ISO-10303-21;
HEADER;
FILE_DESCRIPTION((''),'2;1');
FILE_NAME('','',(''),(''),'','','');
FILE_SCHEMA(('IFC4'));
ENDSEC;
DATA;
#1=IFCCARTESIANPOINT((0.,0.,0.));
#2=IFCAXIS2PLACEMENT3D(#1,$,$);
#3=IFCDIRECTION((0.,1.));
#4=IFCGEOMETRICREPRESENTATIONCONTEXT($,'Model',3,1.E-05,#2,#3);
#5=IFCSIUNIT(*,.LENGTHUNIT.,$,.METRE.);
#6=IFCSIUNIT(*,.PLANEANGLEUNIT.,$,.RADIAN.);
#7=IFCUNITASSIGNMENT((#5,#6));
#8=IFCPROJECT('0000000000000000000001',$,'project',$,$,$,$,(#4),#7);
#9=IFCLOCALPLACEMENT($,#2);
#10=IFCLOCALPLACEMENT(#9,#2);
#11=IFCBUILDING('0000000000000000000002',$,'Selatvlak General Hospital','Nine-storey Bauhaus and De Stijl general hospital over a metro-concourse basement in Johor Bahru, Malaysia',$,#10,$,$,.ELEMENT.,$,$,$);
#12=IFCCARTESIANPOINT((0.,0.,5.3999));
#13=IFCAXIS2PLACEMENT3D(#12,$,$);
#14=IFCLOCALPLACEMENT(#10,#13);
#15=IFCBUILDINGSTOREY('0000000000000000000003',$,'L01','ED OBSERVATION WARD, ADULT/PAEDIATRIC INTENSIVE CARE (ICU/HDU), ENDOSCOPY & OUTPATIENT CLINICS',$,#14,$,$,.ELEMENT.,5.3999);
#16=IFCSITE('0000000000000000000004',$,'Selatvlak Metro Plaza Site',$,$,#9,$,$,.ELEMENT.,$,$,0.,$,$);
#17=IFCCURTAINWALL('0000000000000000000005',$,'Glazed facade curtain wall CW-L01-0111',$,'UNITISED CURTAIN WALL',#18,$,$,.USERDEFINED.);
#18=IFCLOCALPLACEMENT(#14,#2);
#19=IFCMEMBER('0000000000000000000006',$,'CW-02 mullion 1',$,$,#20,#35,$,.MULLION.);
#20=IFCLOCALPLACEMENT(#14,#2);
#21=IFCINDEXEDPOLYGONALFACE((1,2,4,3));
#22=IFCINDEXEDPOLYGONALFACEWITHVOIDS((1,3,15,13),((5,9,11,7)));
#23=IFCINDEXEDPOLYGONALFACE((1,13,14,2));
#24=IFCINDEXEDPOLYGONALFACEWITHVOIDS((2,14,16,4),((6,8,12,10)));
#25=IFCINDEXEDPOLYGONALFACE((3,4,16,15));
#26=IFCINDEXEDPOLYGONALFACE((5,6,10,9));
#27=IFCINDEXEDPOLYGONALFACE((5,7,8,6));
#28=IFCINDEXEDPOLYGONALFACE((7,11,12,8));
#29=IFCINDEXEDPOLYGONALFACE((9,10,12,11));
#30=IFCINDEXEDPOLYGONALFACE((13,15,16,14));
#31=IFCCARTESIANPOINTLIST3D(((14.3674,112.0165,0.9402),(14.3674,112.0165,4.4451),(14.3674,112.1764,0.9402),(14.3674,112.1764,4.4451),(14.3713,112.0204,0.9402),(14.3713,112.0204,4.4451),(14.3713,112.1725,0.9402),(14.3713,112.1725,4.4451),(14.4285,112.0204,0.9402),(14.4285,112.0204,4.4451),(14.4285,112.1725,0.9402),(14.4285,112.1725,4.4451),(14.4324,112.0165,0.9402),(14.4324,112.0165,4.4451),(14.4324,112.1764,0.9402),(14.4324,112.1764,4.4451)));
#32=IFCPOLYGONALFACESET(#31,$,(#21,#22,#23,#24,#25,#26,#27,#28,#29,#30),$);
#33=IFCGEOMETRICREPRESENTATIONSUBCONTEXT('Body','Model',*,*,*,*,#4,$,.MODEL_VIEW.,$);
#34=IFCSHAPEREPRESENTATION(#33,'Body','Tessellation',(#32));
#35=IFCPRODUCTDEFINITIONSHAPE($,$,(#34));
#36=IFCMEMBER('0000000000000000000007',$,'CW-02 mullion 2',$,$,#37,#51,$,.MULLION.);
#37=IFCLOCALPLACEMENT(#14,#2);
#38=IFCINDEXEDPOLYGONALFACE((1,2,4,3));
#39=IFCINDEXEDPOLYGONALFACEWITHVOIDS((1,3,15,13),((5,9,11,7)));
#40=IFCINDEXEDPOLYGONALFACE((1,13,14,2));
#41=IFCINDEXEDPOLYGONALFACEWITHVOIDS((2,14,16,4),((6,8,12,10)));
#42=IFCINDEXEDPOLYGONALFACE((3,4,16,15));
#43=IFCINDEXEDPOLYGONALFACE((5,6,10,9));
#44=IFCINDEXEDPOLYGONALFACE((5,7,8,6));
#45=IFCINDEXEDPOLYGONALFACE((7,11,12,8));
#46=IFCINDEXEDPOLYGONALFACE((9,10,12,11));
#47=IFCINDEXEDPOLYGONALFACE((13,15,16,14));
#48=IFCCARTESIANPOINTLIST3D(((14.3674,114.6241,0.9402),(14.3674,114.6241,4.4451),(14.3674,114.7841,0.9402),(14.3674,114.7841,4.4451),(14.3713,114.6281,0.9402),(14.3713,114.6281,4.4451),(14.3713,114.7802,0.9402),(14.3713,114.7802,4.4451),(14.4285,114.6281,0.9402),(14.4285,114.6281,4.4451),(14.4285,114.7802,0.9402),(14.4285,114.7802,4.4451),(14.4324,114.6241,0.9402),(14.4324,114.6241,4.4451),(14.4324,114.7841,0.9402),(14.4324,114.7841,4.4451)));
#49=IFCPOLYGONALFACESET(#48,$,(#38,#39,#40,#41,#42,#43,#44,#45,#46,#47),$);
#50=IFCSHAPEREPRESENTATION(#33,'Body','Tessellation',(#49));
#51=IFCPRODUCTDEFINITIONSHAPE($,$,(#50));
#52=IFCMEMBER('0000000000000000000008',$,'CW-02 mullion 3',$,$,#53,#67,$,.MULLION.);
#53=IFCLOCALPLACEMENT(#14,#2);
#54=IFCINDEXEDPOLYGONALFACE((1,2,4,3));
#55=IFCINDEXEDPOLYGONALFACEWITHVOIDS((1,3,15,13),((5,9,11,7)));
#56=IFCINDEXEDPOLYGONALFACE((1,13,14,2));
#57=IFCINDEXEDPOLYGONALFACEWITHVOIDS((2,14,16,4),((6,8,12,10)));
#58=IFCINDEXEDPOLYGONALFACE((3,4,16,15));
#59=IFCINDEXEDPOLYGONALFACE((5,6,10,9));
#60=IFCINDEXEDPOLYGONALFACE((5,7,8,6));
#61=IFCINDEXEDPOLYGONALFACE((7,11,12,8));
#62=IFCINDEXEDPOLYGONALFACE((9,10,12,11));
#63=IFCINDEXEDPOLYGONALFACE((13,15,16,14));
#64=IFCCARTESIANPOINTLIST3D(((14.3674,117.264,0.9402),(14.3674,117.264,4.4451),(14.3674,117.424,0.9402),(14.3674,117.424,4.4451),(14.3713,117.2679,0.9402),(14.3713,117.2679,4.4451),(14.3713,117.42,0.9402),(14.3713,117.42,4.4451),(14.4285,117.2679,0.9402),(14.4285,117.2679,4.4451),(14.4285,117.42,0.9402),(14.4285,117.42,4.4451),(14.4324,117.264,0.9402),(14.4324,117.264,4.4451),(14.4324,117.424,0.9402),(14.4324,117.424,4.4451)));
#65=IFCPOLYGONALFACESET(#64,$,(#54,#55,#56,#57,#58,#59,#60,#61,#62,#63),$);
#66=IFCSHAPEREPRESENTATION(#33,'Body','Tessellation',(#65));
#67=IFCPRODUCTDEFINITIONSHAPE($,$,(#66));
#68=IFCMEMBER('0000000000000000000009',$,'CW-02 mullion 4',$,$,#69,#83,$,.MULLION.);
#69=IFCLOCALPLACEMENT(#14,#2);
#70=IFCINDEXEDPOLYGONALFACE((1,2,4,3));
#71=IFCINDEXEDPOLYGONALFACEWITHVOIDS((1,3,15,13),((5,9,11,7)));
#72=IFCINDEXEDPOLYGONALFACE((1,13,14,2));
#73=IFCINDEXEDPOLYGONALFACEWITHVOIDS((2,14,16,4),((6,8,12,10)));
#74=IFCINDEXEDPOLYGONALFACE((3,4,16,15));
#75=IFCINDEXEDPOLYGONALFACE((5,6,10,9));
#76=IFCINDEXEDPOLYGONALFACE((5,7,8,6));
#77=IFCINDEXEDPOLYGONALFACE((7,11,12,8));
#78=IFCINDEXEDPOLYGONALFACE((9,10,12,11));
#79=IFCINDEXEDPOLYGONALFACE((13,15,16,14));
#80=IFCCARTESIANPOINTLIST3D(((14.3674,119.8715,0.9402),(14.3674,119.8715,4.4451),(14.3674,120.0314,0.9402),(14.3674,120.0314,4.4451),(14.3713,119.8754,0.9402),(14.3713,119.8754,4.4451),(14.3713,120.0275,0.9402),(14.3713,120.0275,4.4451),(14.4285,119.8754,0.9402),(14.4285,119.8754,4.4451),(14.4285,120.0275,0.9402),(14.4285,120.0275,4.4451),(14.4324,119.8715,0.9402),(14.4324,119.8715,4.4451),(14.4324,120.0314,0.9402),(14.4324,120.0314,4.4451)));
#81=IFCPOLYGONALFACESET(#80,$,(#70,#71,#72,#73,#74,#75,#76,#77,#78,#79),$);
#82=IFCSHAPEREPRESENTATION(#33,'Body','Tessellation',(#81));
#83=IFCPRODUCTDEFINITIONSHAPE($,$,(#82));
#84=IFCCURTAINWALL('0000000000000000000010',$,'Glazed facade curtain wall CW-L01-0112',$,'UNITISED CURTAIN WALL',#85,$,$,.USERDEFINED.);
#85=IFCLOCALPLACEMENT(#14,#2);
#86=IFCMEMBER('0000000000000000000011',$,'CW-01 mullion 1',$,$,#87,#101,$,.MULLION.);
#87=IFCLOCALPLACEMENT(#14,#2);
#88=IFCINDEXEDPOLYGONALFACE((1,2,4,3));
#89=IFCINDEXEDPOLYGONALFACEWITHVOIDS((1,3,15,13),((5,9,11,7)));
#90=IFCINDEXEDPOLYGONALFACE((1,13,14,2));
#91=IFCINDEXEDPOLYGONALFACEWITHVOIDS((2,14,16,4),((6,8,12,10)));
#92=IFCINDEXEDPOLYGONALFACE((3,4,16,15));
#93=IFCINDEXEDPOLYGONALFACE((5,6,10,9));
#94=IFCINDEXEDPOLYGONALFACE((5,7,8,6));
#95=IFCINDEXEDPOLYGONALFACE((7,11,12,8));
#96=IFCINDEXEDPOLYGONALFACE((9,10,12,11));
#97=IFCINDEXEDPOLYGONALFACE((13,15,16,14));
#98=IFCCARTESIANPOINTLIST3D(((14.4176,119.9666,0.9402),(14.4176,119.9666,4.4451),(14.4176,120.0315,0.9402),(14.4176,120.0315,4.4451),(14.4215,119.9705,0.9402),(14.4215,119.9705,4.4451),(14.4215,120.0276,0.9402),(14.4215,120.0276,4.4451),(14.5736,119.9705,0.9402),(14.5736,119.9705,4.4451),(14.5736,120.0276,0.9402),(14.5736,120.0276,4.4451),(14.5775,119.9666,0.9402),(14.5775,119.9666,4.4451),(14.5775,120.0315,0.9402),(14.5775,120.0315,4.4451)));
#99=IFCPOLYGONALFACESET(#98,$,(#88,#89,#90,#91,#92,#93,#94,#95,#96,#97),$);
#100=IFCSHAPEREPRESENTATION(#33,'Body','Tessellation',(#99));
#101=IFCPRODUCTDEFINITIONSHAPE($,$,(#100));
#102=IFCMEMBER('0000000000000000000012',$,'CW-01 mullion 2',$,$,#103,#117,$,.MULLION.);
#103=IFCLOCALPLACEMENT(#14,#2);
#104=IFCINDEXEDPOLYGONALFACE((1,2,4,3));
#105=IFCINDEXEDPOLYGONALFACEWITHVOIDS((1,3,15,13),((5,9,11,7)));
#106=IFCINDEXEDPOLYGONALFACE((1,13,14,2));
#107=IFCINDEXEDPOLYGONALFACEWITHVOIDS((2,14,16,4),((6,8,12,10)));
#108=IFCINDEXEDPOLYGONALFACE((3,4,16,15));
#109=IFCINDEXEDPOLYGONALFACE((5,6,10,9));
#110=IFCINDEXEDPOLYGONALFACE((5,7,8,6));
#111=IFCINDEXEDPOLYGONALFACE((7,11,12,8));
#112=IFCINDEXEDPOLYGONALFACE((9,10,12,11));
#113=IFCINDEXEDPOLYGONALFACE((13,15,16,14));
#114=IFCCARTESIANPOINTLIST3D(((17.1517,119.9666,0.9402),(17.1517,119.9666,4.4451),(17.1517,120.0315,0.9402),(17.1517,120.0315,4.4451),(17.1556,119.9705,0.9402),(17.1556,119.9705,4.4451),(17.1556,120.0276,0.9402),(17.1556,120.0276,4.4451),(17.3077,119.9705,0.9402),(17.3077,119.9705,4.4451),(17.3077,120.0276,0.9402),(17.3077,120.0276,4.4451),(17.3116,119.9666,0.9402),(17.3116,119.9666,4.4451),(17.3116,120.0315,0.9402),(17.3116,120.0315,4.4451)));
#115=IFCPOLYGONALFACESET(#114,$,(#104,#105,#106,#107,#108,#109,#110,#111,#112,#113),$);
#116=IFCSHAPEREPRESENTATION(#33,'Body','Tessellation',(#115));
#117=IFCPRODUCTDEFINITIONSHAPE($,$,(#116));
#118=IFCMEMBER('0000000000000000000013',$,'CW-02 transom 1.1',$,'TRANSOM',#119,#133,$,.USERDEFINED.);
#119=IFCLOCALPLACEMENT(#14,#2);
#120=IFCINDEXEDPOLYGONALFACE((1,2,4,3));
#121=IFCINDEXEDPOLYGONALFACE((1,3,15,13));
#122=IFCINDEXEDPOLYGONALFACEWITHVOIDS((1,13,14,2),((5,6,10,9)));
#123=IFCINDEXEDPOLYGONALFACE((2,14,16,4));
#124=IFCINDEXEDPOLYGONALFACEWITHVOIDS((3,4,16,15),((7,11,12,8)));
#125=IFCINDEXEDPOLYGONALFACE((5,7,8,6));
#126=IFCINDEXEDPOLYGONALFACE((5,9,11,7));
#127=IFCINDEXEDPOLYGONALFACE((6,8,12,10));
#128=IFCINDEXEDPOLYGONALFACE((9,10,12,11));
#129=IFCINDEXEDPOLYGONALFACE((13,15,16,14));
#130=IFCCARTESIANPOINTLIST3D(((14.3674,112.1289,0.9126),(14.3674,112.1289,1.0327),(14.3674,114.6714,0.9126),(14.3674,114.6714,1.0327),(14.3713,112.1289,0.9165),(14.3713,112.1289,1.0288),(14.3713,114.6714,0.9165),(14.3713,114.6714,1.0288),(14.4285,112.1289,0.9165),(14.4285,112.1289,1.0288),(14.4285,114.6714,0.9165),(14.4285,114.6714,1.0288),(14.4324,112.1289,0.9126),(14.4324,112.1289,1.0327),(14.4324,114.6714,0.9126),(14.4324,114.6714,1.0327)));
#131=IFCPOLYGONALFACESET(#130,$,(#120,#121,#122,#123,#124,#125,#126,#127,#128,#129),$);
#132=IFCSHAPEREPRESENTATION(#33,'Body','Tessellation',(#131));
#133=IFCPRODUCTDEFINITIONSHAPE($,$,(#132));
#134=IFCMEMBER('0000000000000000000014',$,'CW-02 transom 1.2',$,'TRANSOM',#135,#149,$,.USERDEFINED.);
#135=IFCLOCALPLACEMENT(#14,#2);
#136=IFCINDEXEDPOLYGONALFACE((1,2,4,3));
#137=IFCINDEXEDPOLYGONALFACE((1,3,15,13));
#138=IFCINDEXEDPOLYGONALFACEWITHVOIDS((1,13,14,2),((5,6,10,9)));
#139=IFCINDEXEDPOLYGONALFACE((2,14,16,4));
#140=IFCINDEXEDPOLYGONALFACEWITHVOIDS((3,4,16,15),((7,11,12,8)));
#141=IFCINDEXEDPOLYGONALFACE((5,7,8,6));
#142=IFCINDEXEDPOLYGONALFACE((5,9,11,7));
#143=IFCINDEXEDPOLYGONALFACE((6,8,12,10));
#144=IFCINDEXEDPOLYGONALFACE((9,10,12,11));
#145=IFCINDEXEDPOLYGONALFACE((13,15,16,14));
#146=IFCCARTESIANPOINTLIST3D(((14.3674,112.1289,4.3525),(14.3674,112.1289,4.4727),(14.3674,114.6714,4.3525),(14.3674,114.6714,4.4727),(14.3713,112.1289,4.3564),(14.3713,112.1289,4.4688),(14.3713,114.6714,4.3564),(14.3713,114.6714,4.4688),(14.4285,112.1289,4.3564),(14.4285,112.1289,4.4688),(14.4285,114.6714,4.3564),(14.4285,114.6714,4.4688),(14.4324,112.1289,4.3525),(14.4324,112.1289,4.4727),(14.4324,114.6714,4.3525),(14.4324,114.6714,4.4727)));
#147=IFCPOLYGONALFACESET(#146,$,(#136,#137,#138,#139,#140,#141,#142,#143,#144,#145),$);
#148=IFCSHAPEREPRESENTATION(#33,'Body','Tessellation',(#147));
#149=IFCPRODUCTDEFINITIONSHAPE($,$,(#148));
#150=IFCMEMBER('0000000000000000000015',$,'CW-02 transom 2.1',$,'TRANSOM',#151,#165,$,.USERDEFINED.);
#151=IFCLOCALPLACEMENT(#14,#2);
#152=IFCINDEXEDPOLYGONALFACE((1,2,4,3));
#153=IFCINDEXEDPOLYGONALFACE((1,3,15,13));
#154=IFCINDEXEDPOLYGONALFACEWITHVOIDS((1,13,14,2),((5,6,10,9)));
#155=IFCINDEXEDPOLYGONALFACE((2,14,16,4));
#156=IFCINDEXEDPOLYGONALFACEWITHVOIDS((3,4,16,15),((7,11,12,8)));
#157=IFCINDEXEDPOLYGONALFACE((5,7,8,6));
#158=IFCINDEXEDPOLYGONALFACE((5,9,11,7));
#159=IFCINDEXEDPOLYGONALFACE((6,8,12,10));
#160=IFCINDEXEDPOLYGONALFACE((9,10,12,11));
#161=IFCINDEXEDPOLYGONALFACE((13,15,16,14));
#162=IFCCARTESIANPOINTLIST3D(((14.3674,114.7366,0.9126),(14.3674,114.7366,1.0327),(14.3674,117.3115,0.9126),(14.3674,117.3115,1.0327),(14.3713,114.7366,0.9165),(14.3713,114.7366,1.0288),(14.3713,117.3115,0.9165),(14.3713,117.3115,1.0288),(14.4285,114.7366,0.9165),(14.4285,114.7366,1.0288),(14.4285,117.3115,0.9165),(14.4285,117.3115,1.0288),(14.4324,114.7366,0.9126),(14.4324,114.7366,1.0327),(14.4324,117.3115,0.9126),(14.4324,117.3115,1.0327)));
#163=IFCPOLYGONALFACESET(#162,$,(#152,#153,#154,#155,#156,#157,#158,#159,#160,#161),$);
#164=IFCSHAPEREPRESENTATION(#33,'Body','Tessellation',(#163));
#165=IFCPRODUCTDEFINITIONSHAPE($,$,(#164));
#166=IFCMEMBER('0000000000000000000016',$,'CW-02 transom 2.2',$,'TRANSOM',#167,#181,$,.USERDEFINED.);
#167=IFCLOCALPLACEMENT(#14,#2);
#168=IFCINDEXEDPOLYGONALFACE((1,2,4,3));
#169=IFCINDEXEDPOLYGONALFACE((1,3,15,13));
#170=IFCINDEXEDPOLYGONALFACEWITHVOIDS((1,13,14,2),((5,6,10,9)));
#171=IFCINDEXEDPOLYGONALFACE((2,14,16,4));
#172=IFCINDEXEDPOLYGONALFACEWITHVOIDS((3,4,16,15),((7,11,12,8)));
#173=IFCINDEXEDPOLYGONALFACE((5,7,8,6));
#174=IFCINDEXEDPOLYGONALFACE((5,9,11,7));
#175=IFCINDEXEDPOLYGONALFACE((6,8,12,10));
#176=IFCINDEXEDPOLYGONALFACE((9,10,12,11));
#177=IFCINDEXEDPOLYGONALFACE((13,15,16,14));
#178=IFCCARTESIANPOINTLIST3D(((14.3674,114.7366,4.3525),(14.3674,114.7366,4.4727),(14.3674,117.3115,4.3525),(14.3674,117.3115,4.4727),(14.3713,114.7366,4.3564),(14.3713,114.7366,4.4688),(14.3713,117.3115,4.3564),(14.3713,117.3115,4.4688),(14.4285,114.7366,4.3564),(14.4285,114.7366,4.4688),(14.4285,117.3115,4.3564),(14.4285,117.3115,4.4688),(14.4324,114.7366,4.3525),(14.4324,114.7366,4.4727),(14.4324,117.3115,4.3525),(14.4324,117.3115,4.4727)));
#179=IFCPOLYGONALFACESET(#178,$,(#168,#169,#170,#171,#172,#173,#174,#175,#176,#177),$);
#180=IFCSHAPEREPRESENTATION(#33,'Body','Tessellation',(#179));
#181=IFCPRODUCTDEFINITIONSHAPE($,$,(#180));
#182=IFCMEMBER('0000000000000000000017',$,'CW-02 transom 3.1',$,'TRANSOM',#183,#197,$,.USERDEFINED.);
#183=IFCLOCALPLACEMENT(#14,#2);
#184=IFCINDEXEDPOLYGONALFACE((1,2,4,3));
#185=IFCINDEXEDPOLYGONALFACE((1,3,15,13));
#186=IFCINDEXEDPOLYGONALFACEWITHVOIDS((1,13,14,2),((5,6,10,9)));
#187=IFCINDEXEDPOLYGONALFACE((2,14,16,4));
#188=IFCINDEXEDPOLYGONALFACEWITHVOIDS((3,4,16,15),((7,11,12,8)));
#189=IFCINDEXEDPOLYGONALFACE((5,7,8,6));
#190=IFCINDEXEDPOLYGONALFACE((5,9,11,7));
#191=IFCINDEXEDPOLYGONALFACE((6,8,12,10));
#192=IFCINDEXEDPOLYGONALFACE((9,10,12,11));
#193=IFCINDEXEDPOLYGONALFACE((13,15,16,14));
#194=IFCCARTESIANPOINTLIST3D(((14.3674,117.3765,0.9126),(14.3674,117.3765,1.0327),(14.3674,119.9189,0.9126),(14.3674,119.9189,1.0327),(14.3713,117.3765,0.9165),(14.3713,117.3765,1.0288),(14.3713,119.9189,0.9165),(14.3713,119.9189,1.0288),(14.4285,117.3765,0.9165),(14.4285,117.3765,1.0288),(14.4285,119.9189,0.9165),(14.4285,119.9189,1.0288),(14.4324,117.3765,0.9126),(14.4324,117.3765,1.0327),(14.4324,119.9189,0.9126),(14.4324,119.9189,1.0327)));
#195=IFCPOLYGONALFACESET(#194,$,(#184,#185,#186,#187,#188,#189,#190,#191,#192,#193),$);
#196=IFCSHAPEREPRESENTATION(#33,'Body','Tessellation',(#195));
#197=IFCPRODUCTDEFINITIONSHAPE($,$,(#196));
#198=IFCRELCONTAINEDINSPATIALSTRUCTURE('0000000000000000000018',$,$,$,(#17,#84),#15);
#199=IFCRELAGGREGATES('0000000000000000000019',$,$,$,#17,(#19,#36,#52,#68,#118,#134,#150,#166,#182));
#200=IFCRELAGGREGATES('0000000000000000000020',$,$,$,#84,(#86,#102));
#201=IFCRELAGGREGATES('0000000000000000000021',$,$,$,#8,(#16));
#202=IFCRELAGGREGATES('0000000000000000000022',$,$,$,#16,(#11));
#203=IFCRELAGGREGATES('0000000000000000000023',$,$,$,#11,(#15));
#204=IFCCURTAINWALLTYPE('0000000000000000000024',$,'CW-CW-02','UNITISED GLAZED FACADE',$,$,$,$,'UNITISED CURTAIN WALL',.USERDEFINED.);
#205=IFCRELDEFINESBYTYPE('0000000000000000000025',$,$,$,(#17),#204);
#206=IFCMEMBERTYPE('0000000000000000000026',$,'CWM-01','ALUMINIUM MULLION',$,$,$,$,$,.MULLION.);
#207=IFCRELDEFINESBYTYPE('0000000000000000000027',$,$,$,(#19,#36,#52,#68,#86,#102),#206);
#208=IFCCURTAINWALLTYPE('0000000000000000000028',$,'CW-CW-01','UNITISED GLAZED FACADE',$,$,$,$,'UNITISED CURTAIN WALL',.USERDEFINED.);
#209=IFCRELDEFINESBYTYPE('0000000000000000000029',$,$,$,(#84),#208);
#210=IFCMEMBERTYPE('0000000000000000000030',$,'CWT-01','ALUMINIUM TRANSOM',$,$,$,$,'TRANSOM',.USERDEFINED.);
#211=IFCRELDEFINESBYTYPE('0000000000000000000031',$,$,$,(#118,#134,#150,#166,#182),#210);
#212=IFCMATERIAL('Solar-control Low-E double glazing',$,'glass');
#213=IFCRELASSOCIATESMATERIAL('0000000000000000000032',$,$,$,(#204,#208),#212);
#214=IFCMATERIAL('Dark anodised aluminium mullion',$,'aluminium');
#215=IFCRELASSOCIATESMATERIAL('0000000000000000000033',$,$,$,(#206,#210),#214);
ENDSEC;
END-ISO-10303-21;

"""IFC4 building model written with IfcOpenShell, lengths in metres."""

from ifc_helpers import new_model, si_unit, direction, frame, origin, origin_2d, place, context, subcontext, project, spatial, hollow_rectangle, extrude, material, material_profile, profile_set, type_object, element, aggregate, save


model = new_model("IFC4")

# Units and contexts
model_context = context("Model", 3, precision=1e-05, world=origin(), true_north=direction((0.0, 1.0)))
body_context = subcontext(model_context, "Body", "Model", "MODEL_VIEW")
ifc_project = project(units=[si_unit("LENGTHUNIT", "METRE"), si_unit("PLANEANGLEUNIT", "RADIAN")], contexts=[model_context])

# Site, building, storey
site_placement = place(None, origin())
site = spatial("IfcSite", under=ifc_project, at=site_placement, Name="Selatvlak Metro Plaza Site", CompositionType="ELEMENT", RefElevation=0.0)
building_placement = place(site_placement, origin())
building = spatial("IfcBuilding", under=site, at=building_placement, Name="Selatvlak General Hospital", Description="Nine-storey Bauhaus and De Stijl general hospital over a metro-concourse basement in Johor Bahru, Malaysia", CompositionType="ELEMENT")
storey_placement = place(building_placement, frame((0.0, 0.0, 5.3999)))
storey = spatial("IfcBuildingStorey", under=building, at=storey_placement, Name="L01", Description="ED OBSERVATION WARD, ADULT/PAEDIATRIC INTENSIVE CARE (ICU/HDU), ENDOSCOPY & OUTPATIENT CLINICS", CompositionType="ELEMENT", Elevation=5.3999)

# Curtain walls, members
ifc_material_1 = material(Name="Solar-control Low-E double glazing", Category="glass")
curtain_wall_type_1 = type_object("IfcCurtainWallType", Name="CW-CW-02", Description="UNITISED GLAZED FACADE", ElementType="UNITISED CURTAIN WALL", PredefinedType="USERDEFINED", material=ifc_material_1)
curtain_wall_1_placement = place(storey_placement, origin())
curtain_wall_1 = element("IfcCurtainWall", 1, at=curtain_wall_1_placement, inside=storey, type_object=curtain_wall_type_1, Name="Glazed facade curtain wall CW-L01-0111", ObjectType="UNITISED CURTAIN WALL", PredefinedType="USERDEFINED")
ifc_material_2 = material(Name="Dark anodised aluminium mullion", Category="aluminium")
ifc_material_profile_1 = material_profile(ifc_material_2, hollow_rectangle(XDim=0.0649, YDim=0.1599, WallThickness=0.0039, at=origin_2d()), Name="AL-MUL 65x160x4")
ifc_profile_set_1 = profile_set([ifc_material_profile_1], Name="Dark anodised aluminium mullion")
member_type_1 = type_object("IfcMemberType", Name="CWM-01", Description="ALUMINIUM MULLION", PredefinedType="MULLION", material=ifc_profile_set_1)
member_1_placement = place(storey_placement, frame((14.3999, 112.0964, 0.9402), z_axis=(0.0, 0.0, 1.0), x_axis=(-1.0, 0.0, 0.0)))
member_1 = element("IfcMember", 2, at=member_1_placement, type_object=member_type_1, Name="CW-02 mullion 1", PredefinedType="MULLION", context=body_context, shape_type="SweptSolid", body=[
    extrude(hollow_rectangle(XDim=0.0649, YDim=0.1599, WallThickness=0.0039, at=origin_2d()), origin(), (0.0, 0.0, 1.0), 3.5049),
])
member_2_placement = place(storey_placement, frame((14.3999, 114.7041, 0.9402), z_axis=(0.0, 0.0, 1.0), x_axis=(-1.0, 0.0, 0.0)))
member_2 = element("IfcMember", 3, at=member_2_placement, type_object=member_type_1, Name="CW-02 mullion 2", PredefinedType="MULLION", context=body_context, shape_type="SweptSolid", body=[
    extrude(hollow_rectangle(XDim=0.0649, YDim=0.1599, WallThickness=0.0039, at=origin_2d()), origin(), (0.0, 0.0, 1.0), 3.5049),
])
member_3_placement = place(storey_placement, frame((14.3999, 117.344, 0.9402), z_axis=(0.0, 0.0, 1.0), x_axis=(-1.0, 0.0, 0.0)))
member_3 = element("IfcMember", 4, at=member_3_placement, type_object=member_type_1, Name="CW-02 mullion 3", PredefinedType="MULLION", context=body_context, shape_type="SweptSolid", body=[
    extrude(hollow_rectangle(XDim=0.0649, YDim=0.1599, WallThickness=0.0039, at=origin_2d()), origin(), (0.0, 0.0, 1.0), 3.5049),
])
member_4_placement = place(storey_placement, frame((14.3999, 119.9514, 0.9402), z_axis=(0.0, 0.0, 1.0), x_axis=(-1.0, 0.0, 0.0)))
member_4 = element("IfcMember", 5, at=member_4_placement, type_object=member_type_1, Name="CW-02 mullion 4", PredefinedType="MULLION", context=body_context, shape_type="SweptSolid", body=[
    extrude(hollow_rectangle(XDim=0.0649, YDim=0.1599, WallThickness=0.0039, at=origin_2d()), origin(), (0.0, 0.0, 1.0), 3.5049),
])
curtain_wall_type_2 = type_object("IfcCurtainWallType", Name="CW-CW-01", Description="UNITISED GLAZED FACADE", ElementType="UNITISED CURTAIN WALL", PredefinedType="USERDEFINED", material=ifc_material_1)
curtain_wall_2_placement = place(storey_placement, origin())
curtain_wall_2 = element("IfcCurtainWall", 6, at=curtain_wall_2_placement, inside=storey, type_object=curtain_wall_type_2, Name="Glazed facade curtain wall CW-L01-0112", ObjectType="UNITISED CURTAIN WALL", PredefinedType="USERDEFINED")
member_5_placement = place(storey_placement, frame((14.4976, 119.999, 0.9402), z_axis=(0.0, 0.0, 1.0), x_axis=(0.0, 1.0, 0.0)))
member_5 = element("IfcMember", 7, at=member_5_placement, type_object=member_type_1, Name="CW-01 mullion 1", PredefinedType="MULLION", context=body_context, shape_type="SweptSolid", body=[
    extrude(hollow_rectangle(XDim=0.0649, YDim=0.1599, WallThickness=0.0039, at=origin_2d()), origin(), (0.0, 0.0, 1.0), 3.5049),
])
member_6_placement = place(storey_placement, frame((17.2317, 119.999, 0.9402), z_axis=(0.0, 0.0, 1.0), x_axis=(0.0, 1.0, 0.0)))
member_6 = element("IfcMember", 8, at=member_6_placement, type_object=member_type_1, Name="CW-01 mullion 2", PredefinedType="MULLION", context=body_context, shape_type="SweptSolid", body=[
    extrude(hollow_rectangle(XDim=0.0649, YDim=0.1599, WallThickness=0.0039, at=origin_2d()), origin(), (0.0, 0.0, 1.0), 3.5049),
])

# Members
ifc_material_profile_2 = material_profile(ifc_material_2, hollow_rectangle(XDim=0.0649, YDim=0.1201, WallThickness=0.0039, at=origin_2d()), Name="AL-TRN 65x120x4")
ifc_profile_set_2 = profile_set([ifc_material_profile_2], Name="Dark anodised aluminium mullion")
member_type_2 = type_object("IfcMemberType", Name="CWT-01", Description="ALUMINIUM TRANSOM", ElementType="TRANSOM", PredefinedType="USERDEFINED", material=ifc_profile_set_2)
member_7_placement = place(storey_placement, frame((14.3999, 112.1289, 0.9727), z_axis=(0.0, 1.0, 0.0), x_axis=(-1.0, 0.0, 0.0)))
member_7 = element("IfcMember", 9, at=member_7_placement, type_object=member_type_2, Name="CW-02 transom 1.1", ObjectType="TRANSOM", PredefinedType="USERDEFINED", context=body_context, shape_type="SweptSolid", body=[
    extrude(hollow_rectangle(XDim=0.0649, YDim=0.1201, WallThickness=0.0039, at=origin_2d()), origin(), (0.0, 0.0, 1.0), 2.5425),
])
member_8_placement = place(storey_placement, frame((14.3999, 112.1289, 4.4126), z_axis=(0.0, 1.0, 0.0), x_axis=(-1.0, 0.0, 0.0)))
member_8 = element("IfcMember", 10, at=member_8_placement, type_object=member_type_2, Name="CW-02 transom 1.2", ObjectType="TRANSOM", PredefinedType="USERDEFINED", context=body_context, shape_type="SweptSolid", body=[
    extrude(hollow_rectangle(XDim=0.0649, YDim=0.1201, WallThickness=0.0039, at=origin_2d()), origin(), (0.0, 0.0, 1.0), 2.5425),
])
member_9_placement = place(storey_placement, frame((14.3999, 114.7366, 0.9727), z_axis=(0.0, 1.0, 0.0), x_axis=(-1.0, 0.0, 0.0)))
member_9 = element("IfcMember", 11, at=member_9_placement, type_object=member_type_2, Name="CW-02 transom 2.1", ObjectType="TRANSOM", PredefinedType="USERDEFINED", context=body_context, shape_type="SweptSolid", body=[
    extrude(hollow_rectangle(XDim=0.0649, YDim=0.1201, WallThickness=0.0039, at=origin_2d()), origin(), (0.0, 0.0, 1.0), 2.575),
])
member_10_placement = place(storey_placement, frame((14.3999, 114.7366, 4.4126), z_axis=(0.0, 1.0, 0.0), x_axis=(-1.0, 0.0, 0.0)))
member_10 = element("IfcMember", 12, at=member_10_placement, type_object=member_type_2, Name="CW-02 transom 2.2", ObjectType="TRANSOM", PredefinedType="USERDEFINED", context=body_context, shape_type="SweptSolid", body=[
    extrude(hollow_rectangle(XDim=0.0649, YDim=0.1201, WallThickness=0.0039, at=origin_2d()), origin(), (0.0, 0.0, 1.0), 2.575),
])
member_11_placement = place(storey_placement, frame((14.3999, 117.3765, 0.9727), z_axis=(0.0, 1.0, 0.0), x_axis=(-1.0, 0.0, 0.0)))
member_11 = element("IfcMember", 13, at=member_11_placement, type_object=member_type_2, Name="CW-02 transom 3.1", ObjectType="TRANSOM", PredefinedType="USERDEFINED", context=body_context, shape_type="SweptSolid", body=[
    extrude(hollow_rectangle(XDim=0.0649, YDim=0.1201, WallThickness=0.0039, at=origin_2d()), origin(), (0.0, 0.0, 1.0), 2.5425),
])

aggregate(curtain_wall_1, [member_1, member_2, member_3, member_4, member_7, member_8, member_9, member_10, member_11])
aggregate(curtain_wall_2, [member_5, member_6])

save(model, "model.ifc")
